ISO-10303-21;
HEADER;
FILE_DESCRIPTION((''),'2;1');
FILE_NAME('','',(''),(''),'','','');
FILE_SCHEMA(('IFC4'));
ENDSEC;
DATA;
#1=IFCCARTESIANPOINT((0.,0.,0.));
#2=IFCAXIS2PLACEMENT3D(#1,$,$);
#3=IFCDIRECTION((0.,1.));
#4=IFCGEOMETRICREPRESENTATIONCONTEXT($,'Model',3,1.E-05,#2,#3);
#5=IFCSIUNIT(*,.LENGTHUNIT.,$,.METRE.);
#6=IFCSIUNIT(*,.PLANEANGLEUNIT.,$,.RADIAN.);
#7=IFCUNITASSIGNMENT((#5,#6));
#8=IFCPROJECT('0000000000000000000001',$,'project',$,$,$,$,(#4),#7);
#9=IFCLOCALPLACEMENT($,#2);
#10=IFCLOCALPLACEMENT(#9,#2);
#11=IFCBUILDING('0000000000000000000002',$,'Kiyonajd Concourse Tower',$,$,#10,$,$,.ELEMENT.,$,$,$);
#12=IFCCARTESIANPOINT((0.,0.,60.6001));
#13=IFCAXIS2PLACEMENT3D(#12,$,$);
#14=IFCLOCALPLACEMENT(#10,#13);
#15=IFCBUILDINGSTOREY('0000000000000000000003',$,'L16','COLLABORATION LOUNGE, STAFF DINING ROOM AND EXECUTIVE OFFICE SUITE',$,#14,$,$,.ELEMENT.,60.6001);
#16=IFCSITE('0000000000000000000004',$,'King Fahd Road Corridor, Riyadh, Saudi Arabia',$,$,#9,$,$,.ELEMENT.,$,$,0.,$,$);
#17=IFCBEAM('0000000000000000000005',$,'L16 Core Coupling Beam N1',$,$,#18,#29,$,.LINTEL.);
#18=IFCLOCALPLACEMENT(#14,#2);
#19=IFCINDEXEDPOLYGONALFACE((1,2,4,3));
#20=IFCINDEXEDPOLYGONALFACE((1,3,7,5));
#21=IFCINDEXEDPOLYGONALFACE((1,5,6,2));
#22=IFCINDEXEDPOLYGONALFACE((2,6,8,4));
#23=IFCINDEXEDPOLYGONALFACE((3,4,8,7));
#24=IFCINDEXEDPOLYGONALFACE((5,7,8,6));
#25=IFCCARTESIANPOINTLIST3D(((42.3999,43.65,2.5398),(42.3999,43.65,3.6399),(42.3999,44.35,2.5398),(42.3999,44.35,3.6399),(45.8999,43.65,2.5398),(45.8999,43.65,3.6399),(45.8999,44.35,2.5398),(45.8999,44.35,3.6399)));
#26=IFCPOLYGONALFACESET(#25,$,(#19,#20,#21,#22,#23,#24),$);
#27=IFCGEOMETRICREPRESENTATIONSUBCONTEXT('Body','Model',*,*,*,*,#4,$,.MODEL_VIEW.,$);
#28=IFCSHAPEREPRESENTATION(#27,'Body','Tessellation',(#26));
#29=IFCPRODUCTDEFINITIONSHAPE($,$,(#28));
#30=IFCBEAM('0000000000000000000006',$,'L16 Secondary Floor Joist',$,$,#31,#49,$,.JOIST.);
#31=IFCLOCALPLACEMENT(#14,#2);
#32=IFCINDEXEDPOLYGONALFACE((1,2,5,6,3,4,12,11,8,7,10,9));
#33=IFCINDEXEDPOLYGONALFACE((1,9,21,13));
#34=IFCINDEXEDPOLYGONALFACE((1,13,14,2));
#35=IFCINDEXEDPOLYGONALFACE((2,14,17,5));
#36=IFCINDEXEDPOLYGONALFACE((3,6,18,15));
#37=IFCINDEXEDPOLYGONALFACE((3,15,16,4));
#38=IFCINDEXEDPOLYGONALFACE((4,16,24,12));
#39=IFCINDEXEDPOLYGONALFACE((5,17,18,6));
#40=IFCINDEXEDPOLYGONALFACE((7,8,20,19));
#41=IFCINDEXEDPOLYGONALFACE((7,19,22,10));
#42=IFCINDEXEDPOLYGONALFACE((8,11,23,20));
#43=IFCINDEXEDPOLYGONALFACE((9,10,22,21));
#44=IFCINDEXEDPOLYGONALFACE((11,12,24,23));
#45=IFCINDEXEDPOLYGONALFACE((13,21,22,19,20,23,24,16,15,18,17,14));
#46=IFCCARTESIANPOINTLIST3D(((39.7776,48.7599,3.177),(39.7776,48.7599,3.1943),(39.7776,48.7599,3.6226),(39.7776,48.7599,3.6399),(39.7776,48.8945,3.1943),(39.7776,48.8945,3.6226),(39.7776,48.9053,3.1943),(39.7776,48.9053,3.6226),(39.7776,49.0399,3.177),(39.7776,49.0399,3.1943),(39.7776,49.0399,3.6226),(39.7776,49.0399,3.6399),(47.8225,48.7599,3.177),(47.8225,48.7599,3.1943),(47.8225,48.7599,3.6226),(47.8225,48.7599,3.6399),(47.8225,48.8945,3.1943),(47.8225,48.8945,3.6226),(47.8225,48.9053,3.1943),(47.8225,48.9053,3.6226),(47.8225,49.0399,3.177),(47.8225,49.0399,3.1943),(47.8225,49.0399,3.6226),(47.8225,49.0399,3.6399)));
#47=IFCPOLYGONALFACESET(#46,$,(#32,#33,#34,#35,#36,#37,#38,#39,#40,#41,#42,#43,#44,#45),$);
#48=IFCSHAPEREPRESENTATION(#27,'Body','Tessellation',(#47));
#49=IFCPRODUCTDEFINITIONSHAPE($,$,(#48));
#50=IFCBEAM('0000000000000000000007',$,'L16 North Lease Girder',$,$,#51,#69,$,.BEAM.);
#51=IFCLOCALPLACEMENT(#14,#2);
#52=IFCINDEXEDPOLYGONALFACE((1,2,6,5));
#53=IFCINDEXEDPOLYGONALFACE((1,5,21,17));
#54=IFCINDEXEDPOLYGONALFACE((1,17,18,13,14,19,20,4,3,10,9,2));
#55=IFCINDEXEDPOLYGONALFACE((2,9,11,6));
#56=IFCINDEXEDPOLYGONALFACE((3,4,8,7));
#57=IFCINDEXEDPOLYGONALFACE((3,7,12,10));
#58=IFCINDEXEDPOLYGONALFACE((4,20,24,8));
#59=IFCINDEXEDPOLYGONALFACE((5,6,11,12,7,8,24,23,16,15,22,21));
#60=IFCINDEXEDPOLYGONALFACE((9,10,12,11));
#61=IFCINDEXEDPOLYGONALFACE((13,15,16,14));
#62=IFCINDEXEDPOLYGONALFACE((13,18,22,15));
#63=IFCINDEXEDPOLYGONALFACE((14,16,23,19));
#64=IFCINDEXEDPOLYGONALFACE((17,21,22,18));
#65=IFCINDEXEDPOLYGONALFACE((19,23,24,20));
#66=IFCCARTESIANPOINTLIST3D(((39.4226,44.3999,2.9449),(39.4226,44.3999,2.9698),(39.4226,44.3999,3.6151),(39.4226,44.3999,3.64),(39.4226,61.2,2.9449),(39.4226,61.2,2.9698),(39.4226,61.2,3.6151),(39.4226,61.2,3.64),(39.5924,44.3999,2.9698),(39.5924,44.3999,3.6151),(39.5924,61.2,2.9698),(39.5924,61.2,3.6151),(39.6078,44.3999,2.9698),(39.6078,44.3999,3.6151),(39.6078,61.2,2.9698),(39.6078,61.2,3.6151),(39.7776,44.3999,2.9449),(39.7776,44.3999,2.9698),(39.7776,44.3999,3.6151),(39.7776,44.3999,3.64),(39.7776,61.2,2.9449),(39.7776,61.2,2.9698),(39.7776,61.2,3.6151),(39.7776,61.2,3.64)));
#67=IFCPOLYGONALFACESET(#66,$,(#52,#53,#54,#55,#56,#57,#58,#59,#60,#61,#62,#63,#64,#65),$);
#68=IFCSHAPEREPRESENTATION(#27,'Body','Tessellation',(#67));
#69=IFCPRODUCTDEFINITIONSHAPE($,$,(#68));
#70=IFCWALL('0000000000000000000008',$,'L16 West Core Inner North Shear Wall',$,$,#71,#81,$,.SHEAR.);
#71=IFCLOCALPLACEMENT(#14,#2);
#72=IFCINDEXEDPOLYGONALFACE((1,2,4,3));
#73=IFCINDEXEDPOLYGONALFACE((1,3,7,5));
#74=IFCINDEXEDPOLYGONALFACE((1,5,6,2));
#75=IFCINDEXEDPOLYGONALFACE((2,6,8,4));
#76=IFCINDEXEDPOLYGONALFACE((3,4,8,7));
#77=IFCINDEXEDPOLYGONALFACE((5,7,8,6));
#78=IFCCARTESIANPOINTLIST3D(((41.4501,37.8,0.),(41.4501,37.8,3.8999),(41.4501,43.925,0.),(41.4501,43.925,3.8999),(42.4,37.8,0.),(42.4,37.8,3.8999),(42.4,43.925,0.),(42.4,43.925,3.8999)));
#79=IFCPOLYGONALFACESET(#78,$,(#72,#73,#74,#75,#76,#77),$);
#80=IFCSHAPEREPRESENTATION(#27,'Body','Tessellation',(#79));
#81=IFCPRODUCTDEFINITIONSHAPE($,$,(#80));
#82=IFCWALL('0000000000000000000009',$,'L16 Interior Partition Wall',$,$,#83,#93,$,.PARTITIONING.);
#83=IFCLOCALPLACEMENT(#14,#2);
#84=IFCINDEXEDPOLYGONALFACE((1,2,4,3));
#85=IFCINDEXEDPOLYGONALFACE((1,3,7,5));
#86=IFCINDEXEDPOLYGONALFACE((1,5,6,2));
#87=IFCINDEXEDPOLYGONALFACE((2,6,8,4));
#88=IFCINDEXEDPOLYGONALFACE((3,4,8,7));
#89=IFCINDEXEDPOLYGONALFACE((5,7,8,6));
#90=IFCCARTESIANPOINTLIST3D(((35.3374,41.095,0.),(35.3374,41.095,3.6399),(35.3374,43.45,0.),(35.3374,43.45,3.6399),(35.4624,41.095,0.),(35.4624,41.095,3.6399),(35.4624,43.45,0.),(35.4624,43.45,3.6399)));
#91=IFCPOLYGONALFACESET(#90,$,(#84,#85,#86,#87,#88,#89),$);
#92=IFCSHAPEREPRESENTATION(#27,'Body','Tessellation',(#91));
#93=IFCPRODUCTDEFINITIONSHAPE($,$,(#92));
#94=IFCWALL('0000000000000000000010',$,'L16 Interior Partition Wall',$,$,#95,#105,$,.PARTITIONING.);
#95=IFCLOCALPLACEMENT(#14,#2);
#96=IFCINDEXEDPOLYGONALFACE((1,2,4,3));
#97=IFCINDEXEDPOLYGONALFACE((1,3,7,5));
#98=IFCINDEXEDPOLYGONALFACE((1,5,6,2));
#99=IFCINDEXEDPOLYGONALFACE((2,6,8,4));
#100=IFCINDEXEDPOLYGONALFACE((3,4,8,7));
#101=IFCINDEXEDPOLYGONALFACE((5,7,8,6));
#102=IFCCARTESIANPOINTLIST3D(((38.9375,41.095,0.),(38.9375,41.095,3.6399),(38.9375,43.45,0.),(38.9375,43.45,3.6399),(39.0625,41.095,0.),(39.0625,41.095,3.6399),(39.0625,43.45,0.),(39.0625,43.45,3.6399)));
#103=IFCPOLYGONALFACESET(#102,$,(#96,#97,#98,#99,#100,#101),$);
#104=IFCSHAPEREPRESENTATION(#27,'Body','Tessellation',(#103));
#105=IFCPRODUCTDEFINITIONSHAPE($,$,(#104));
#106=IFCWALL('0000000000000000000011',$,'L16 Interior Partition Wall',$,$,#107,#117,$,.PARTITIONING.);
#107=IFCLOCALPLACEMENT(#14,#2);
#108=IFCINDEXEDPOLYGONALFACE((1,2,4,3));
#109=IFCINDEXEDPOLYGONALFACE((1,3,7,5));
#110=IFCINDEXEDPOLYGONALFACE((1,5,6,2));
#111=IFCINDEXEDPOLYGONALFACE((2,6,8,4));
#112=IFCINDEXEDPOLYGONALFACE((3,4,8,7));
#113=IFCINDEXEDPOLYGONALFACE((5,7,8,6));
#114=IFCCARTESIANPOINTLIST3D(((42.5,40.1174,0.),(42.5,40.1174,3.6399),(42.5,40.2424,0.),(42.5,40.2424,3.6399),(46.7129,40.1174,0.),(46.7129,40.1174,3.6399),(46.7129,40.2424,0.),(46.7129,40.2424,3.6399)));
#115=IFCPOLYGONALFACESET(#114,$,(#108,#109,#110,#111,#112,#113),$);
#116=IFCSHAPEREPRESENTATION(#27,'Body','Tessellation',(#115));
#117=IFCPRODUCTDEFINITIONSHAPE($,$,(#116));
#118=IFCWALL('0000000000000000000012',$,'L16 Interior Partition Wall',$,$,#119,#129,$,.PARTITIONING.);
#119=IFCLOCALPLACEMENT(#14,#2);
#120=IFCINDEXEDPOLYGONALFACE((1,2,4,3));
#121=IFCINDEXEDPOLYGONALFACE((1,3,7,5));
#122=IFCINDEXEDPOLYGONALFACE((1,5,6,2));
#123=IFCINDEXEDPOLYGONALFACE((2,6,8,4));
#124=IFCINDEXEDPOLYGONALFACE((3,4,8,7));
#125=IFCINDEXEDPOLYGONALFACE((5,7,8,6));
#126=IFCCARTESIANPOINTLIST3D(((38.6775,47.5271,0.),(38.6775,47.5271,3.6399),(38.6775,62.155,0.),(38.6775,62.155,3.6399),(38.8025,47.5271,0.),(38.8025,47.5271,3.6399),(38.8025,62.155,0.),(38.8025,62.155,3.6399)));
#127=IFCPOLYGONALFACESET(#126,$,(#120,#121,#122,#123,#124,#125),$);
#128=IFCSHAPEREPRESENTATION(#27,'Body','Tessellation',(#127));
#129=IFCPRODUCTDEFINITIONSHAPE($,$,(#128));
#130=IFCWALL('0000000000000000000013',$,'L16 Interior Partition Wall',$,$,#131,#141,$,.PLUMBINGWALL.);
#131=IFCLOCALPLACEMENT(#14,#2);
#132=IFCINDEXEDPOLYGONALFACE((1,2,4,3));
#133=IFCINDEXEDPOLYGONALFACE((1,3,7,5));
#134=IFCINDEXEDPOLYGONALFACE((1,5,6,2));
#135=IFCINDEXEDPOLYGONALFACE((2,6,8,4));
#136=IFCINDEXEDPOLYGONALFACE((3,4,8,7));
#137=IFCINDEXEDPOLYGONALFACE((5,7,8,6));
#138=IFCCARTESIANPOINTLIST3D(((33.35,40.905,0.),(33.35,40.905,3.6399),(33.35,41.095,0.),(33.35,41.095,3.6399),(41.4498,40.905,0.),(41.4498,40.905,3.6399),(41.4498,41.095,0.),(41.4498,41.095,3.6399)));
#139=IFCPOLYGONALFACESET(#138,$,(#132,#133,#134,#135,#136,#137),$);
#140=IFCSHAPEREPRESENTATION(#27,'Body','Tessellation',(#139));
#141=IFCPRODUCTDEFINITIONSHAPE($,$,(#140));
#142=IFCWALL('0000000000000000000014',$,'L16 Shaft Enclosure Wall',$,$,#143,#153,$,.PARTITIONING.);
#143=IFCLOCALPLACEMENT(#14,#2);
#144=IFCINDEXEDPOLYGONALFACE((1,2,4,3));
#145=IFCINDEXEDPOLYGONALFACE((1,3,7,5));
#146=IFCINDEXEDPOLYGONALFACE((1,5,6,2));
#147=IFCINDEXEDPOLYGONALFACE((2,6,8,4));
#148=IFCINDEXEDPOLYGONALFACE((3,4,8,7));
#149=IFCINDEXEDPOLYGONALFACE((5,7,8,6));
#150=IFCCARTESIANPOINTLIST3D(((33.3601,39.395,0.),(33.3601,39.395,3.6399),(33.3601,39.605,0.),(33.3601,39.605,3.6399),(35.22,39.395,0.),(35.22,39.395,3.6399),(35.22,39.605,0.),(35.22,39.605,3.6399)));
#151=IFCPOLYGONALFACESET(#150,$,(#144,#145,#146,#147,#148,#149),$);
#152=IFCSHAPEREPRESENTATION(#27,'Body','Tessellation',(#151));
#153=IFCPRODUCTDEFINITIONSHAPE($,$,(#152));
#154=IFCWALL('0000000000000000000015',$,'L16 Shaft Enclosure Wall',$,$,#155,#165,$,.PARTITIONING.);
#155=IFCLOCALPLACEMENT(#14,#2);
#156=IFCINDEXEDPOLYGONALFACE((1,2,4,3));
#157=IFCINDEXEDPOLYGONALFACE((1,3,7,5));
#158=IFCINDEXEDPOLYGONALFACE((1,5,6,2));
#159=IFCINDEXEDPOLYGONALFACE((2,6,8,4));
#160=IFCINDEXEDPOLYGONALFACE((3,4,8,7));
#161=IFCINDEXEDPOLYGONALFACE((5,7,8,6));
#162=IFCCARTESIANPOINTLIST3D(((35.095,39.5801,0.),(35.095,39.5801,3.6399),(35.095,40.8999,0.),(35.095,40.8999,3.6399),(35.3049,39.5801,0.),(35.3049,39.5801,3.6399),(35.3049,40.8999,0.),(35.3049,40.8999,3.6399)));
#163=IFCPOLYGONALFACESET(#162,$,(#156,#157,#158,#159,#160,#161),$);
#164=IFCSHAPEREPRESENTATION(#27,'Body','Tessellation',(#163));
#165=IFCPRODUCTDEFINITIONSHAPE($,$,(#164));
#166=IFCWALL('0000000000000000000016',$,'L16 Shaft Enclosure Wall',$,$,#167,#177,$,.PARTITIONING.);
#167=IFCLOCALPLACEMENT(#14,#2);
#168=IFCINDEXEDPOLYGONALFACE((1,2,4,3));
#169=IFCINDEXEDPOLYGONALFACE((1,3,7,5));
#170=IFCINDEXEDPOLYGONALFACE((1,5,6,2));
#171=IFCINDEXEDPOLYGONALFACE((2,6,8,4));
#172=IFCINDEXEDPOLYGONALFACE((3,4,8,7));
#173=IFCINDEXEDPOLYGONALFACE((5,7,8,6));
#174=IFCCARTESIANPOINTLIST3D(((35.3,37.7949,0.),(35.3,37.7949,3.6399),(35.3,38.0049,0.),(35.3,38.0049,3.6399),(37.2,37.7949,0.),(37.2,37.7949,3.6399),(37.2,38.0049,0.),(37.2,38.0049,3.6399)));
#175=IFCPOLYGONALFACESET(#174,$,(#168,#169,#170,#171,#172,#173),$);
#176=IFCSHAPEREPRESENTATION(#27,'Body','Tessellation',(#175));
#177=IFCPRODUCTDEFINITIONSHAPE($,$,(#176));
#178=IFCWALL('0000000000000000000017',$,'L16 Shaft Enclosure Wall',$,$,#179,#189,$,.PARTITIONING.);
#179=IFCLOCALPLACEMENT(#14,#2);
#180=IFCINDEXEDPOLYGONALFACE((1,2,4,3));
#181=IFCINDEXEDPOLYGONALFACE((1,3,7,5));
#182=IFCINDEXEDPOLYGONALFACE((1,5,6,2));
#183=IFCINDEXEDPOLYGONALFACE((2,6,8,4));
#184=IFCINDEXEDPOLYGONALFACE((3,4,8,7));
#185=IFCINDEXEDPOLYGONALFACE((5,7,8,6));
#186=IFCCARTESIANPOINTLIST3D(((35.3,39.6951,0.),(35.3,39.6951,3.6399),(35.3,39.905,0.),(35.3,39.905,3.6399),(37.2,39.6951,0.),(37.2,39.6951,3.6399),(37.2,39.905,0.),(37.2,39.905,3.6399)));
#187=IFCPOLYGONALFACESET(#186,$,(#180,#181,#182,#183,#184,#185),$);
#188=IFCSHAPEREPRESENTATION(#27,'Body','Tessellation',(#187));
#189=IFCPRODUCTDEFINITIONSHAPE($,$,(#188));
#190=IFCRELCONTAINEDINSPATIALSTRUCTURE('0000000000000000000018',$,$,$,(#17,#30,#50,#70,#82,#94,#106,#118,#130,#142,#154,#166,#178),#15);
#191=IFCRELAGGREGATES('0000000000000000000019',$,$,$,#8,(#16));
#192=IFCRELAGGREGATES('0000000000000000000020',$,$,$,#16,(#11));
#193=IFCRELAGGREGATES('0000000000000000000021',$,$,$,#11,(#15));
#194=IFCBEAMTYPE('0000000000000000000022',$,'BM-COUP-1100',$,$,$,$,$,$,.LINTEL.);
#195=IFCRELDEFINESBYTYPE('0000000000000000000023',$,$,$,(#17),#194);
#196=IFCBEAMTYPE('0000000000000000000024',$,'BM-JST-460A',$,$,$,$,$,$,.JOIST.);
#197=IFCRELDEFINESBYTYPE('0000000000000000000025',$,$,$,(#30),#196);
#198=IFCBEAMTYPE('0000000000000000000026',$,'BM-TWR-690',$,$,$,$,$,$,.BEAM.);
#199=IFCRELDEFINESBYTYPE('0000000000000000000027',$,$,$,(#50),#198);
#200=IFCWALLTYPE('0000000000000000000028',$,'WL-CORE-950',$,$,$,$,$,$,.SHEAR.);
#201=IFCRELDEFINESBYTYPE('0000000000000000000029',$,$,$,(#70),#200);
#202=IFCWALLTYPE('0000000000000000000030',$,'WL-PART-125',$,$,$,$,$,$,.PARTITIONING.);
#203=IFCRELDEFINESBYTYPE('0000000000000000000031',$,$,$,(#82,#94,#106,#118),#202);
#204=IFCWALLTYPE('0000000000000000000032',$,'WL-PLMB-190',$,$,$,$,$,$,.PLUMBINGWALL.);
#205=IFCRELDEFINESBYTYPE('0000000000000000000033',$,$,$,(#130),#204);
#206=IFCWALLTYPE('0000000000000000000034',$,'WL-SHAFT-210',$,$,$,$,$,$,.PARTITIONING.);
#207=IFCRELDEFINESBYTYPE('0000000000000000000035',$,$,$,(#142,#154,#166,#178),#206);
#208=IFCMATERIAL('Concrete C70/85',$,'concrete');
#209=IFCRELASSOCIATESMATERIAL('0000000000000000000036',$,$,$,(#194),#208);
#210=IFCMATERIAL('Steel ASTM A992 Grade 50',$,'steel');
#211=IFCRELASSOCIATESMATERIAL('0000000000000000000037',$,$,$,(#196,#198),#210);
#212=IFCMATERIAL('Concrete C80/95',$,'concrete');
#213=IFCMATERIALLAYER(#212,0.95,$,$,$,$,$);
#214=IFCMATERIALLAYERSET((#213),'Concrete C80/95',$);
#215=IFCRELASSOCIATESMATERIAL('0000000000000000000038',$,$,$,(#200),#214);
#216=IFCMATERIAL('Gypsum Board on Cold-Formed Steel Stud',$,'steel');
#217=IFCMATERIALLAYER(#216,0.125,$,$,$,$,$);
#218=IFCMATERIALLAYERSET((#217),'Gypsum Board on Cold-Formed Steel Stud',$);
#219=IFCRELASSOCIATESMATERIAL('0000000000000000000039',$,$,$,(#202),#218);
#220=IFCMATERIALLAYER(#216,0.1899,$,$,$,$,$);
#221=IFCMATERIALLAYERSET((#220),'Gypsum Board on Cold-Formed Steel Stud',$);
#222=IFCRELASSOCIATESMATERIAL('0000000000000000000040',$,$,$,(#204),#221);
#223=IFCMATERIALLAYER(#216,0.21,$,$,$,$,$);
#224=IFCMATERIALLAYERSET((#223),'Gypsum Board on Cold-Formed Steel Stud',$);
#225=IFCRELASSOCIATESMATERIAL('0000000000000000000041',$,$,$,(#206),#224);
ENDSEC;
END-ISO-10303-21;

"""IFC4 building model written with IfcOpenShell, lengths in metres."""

from ifc_helpers import new_model, si_unit, direction, frame, frame_2d, origin, origin_2d, place, context, subcontext, project, spatial, rectangle, i_section, extrude, material, layer, layer_set, material_profile, profile_set, type_object, element, save


model = new_model("IFC4")

# Units and contexts
model_context = context("Model", 3, precision=1e-05, world=origin(), true_north=direction((0.0, 1.0)))
body_context = subcontext(model_context, "Body", "Model", "MODEL_VIEW")
ifc_project = project(units=[si_unit("LENGTHUNIT", "METRE"), si_unit("PLANEANGLEUNIT", "RADIAN")], contexts=[model_context])

# Site, building, storey
site_placement = place(None, origin())
site = spatial("IfcSite", under=ifc_project, at=site_placement, Name="King Fahd Road Corridor, Riyadh, Saudi Arabia", CompositionType="ELEMENT", RefElevation=0.0)
building_placement = place(site_placement, origin())
building = spatial("IfcBuilding", under=site, at=building_placement, Name="Kiyonajd Concourse Tower", CompositionType="ELEMENT")
storey_placement = place(building_placement, frame((0.0, 0.0, 60.6001)))
storey = spatial("IfcBuildingStorey", under=building, at=storey_placement, Name="L16", Description="COLLABORATION LOUNGE, STAFF DINING ROOM AND EXECUTIVE OFFICE SUITE", CompositionType="ELEMENT", Elevation=60.6001)

# Beams
ifc_material_1 = material(Name="Concrete C70/85", Category="concrete")
ifc_material_profile_1 = material_profile(ifc_material_1, rectangle(XDim=0.7, YDim=1.1001, at=origin_2d()), Name="RCBM-700x1100")
ifc_profile_set_1 = profile_set([ifc_material_profile_1], Name="Concrete C70/85")
beam_type_1 = type_object("IfcBeamType", Name="BM-COUP-1100", PredefinedType="LINTEL", material=ifc_profile_set_1)
beam_1_placement = place(storey_placement, frame((42.3999, 44.0, 3.0898), z_axis=(1.0, 0.0, 0.0), x_axis=(0.0, 1.0, 0.0)))
element("IfcBeam", 1, at=beam_1_placement, inside=storey, type_object=beam_type_1, Name="L16 Core Coupling Beam N1", PredefinedType="LINTEL", context=body_context, shape_type="SweptSolid", body=[
    extrude(rectangle(XDim=0.7, YDim=1.1001, at=origin_2d()), origin(), (0.0, 0.0, 1.0), 3.5),
])
ifc_material_2 = material(Name="Steel ASTM A992 Grade 50", Category="steel")
ifc_material_profile_2 = material_profile(ifc_material_2, i_section(OverallWidth=0.28, OverallDepth=0.4629, WebThickness=0.0107, FlangeThickness=0.0173, at=origin_2d()), Name="W460X113")
ifc_profile_set_2 = profile_set([ifc_material_profile_2], Name="Steel ASTM A992 Grade 50")
beam_type_2 = type_object("IfcBeamType", Name="BM-JST-460A", PredefinedType="JOIST", material=ifc_profile_set_2)
beam_2_placement = place(storey_placement, frame((39.7776, 48.8999, 3.4084), z_axis=(1.0, 0.0, 0.0), x_axis=(0.0, 1.0, 0.0)))
element("IfcBeam", 2, at=beam_2_placement, inside=storey, type_object=beam_type_2, Name="L16 Secondary Floor Joist", PredefinedType="JOIST", context=body_context, shape_type="SweptSolid", body=[
    extrude(i_section(OverallWidth=0.28, OverallDepth=0.4629, WebThickness=0.0107, FlangeThickness=0.0173, at=origin_2d()), origin(), (0.0, 0.0, 1.0), 8.0449),
])
ifc_material_profile_3 = material_profile(ifc_material_2, i_section(OverallWidth=0.355, OverallDepth=0.6951, WebThickness=0.0154, FlangeThickness=0.0249, at=origin_2d()), Name="W690X217")
ifc_profile_set_3 = profile_set([ifc_material_profile_3], Name="Steel ASTM A992 Grade 50")
beam_type_3 = type_object("IfcBeamType", Name="BM-TWR-690", PredefinedType="BEAM", material=ifc_profile_set_3)
beam_3_placement = place(storey_placement, frame((39.6001, 44.3999, 3.2925), z_axis=(0.0, 1.0, 0.0), x_axis=(-1.0, 0.0, 0.0)))
element("IfcBeam", 3, at=beam_3_placement, inside=storey, type_object=beam_type_3, Name="L16 North Lease Girder", PredefinedType="BEAM", context=body_context, shape_type="SweptSolid", body=[
    extrude(i_section(OverallWidth=0.355, OverallDepth=0.6951, WebThickness=0.0154, FlangeThickness=0.0249, at=origin_2d()), origin(), (0.0, 0.0, 1.0), 16.8),
])

# Walls
ifc_material_3 = material(Name="Concrete C80/95", Category="concrete")
ifc_layer_1 = layer(ifc_material_3, 0.95)
ifc_layer_set_1 = layer_set([ifc_layer_1], Name="Concrete C80/95")
wall_type_1 = type_object("IfcWallType", Name="WL-CORE-950", PredefinedType="SHEAR", material=ifc_layer_set_1)
wall_1_placement = place(storey_placement, frame((41.925, 37.8, 0.0), z_axis=(0.0, 0.0, 1.0), x_axis=(0.0, 1.0, 0.0)))
element("IfcWall", 4, at=wall_1_placement, inside=storey, type_object=wall_type_1, Name="L16 West Core Inner North Shear Wall", PredefinedType="SHEAR", context=body_context, shape_type="SweptSolid", body=[
    extrude(rectangle(XDim=6.125, YDim=0.95, at=frame_2d((3.0625, 0.0))), origin(), (0.0, 0.0, 1.0), 3.8999),
])
ifc_material_4 = material(Name="Gypsum Board on Cold-Formed Steel Stud", Category="steel")
ifc_layer_2 = layer(ifc_material_4, 0.125)
ifc_layer_set_2 = layer_set([ifc_layer_2], Name="Gypsum Board on Cold-Formed Steel Stud")
wall_type_2 = type_object("IfcWallType", Name="WL-PART-125", PredefinedType="PARTITIONING", material=ifc_layer_set_2)
for number, where, z_axis, x_axis, name in (
    (5, (35.3999, 41.095, 0.0), (0.0, 0.0, 1.0), (0.0, 1.0, 0.0), "L16 Interior Partition Wall"),
    (6, (39.0, 41.095, 0.0), (0.0, 0.0, 1.0), (0.0, 1.0, 0.0), "L16 Interior Partition Wall"),
):
    element("IfcWall", number, at=place(storey_placement, frame(where, z_axis=z_axis, x_axis=x_axis)), inside=storey, type_object=wall_type_2, Name=name, PredefinedType="PARTITIONING", context=body_context, shape_type="SweptSolid", body=[
        extrude(rectangle(XDim=2.355, YDim=0.125, at=frame_2d((1.1775, 0.0))), origin(), (0.0, 0.0, 1.0), 3.6399),
    ])
wall_2_placement = place(storey_placement, frame((42.5, 40.1799, 0.0), z_axis=(0.0, 0.0, 1.0), x_axis=(1.0, 0.0, 0.0)))
element("IfcWall", 7, at=wall_2_placement, inside=storey, type_object=wall_type_2, Name="L16 Interior Partition Wall", PredefinedType="PARTITIONING", context=body_context, shape_type="SweptSolid", body=[
    extrude(rectangle(XDim=4.2129, YDim=0.125, at=frame_2d((2.1064, 0.0))), origin(), (0.0, 0.0, 1.0), 3.6399),
])
wall_3_placement = place(storey_placement, frame((38.74, 47.5271, 0.0), z_axis=(0.0, 0.0, 1.0), x_axis=(0.0, 1.0, 0.0)))
element("IfcWall", 8, at=wall_3_placement, inside=storey, type_object=wall_type_2, Name="L16 Interior Partition Wall", PredefinedType="PARTITIONING", context=body_context, shape_type="SweptSolid", body=[
    extrude(rectangle(XDim=14.6279, YDim=0.125, at=frame_2d((7.314, 0.0))), origin(), (0.0, 0.0, 1.0), 3.6399),
])
ifc_layer_3 = layer(ifc_material_4, 0.1899)
ifc_layer_set_3 = layer_set([ifc_layer_3], Name="Gypsum Board on Cold-Formed Steel Stud")
wall_type_3 = type_object("IfcWallType", Name="WL-PLMB-190", PredefinedType="PLUMBINGWALL", material=ifc_layer_set_3)
wall_4_placement = place(storey_placement, frame((33.3501, 41.0, 0.0), z_axis=(0.0, 0.0, 1.0), x_axis=(1.0, 0.0, 0.0)))
element("IfcWall", 9, at=wall_4_placement, inside=storey, type_object=wall_type_3, Name="L16 Interior Partition Wall", PredefinedType="PLUMBINGWALL", context=body_context, shape_type="SweptSolid", body=[
    extrude(rectangle(XDim=8.0999, YDim=0.1899, at=frame_2d((4.0498, 0.0))), origin(), (0.0, 0.0, 1.0), 3.6399),
])
ifc_layer_4 = layer(ifc_material_4, 0.21)
ifc_layer_set_4 = layer_set([ifc_layer_4], Name="Gypsum Board on Cold-Formed Steel Stud")
wall_type_4 = type_object("IfcWallType", Name="WL-SHAFT-210", PredefinedType="PARTITIONING", material=ifc_layer_set_4)
wall_5_placement = place(storey_placement, frame((33.3601, 39.5, 0.0), z_axis=(0.0, 0.0, 1.0), x_axis=(1.0, 0.0, 0.0)))
element("IfcWall", 10, at=wall_5_placement, inside=storey, type_object=wall_type_4, Name="L16 Shaft Enclosure Wall", PredefinedType="PARTITIONING", context=body_context, shape_type="SweptSolid", body=[
    extrude(rectangle(XDim=1.8599, YDim=0.21, at=frame_2d((0.9299, 0.0))), origin(), (0.0, 0.0, 1.0), 3.6399),
])
wall_6_placement = place(storey_placement, frame((35.2, 39.5801, 0.0), z_axis=(0.0, 0.0, 1.0), x_axis=(0.0, 1.0, 0.0)))
element("IfcWall", 11, at=wall_6_placement, inside=storey, type_object=wall_type_4, Name="L16 Shaft Enclosure Wall", PredefinedType="PARTITIONING", context=body_context, shape_type="SweptSolid", body=[
    extrude(rectangle(XDim=1.3198, YDim=0.21, at=frame_2d((0.6599, 0.0))), origin(), (0.0, 0.0, 1.0), 3.6399),
])
for number, where, z_axis, x_axis, name in (
    (12, (35.3, 37.8999, 0.0), (0.0, 0.0, 1.0), (1.0, 0.0, 0.0), "L16 Shaft Enclosure Wall"),
    (13, (35.3, 39.8, 0.0), (0.0, 0.0, 1.0), (1.0, 0.0, 0.0), "L16 Shaft Enclosure Wall"),
):
    element("IfcWall", number, at=place(storey_placement, frame(where, z_axis=z_axis, x_axis=x_axis)), inside=storey, type_object=wall_type_4, Name=name, PredefinedType="PARTITIONING", context=body_context, shape_type="SweptSolid", body=[
        extrude(rectangle(XDim=1.8999, YDim=0.21, at=frame_2d((0.95, 0.0))), origin(), (0.0, 0.0, 1.0), 3.6399),
    ])

save(model, "model.ifc")
